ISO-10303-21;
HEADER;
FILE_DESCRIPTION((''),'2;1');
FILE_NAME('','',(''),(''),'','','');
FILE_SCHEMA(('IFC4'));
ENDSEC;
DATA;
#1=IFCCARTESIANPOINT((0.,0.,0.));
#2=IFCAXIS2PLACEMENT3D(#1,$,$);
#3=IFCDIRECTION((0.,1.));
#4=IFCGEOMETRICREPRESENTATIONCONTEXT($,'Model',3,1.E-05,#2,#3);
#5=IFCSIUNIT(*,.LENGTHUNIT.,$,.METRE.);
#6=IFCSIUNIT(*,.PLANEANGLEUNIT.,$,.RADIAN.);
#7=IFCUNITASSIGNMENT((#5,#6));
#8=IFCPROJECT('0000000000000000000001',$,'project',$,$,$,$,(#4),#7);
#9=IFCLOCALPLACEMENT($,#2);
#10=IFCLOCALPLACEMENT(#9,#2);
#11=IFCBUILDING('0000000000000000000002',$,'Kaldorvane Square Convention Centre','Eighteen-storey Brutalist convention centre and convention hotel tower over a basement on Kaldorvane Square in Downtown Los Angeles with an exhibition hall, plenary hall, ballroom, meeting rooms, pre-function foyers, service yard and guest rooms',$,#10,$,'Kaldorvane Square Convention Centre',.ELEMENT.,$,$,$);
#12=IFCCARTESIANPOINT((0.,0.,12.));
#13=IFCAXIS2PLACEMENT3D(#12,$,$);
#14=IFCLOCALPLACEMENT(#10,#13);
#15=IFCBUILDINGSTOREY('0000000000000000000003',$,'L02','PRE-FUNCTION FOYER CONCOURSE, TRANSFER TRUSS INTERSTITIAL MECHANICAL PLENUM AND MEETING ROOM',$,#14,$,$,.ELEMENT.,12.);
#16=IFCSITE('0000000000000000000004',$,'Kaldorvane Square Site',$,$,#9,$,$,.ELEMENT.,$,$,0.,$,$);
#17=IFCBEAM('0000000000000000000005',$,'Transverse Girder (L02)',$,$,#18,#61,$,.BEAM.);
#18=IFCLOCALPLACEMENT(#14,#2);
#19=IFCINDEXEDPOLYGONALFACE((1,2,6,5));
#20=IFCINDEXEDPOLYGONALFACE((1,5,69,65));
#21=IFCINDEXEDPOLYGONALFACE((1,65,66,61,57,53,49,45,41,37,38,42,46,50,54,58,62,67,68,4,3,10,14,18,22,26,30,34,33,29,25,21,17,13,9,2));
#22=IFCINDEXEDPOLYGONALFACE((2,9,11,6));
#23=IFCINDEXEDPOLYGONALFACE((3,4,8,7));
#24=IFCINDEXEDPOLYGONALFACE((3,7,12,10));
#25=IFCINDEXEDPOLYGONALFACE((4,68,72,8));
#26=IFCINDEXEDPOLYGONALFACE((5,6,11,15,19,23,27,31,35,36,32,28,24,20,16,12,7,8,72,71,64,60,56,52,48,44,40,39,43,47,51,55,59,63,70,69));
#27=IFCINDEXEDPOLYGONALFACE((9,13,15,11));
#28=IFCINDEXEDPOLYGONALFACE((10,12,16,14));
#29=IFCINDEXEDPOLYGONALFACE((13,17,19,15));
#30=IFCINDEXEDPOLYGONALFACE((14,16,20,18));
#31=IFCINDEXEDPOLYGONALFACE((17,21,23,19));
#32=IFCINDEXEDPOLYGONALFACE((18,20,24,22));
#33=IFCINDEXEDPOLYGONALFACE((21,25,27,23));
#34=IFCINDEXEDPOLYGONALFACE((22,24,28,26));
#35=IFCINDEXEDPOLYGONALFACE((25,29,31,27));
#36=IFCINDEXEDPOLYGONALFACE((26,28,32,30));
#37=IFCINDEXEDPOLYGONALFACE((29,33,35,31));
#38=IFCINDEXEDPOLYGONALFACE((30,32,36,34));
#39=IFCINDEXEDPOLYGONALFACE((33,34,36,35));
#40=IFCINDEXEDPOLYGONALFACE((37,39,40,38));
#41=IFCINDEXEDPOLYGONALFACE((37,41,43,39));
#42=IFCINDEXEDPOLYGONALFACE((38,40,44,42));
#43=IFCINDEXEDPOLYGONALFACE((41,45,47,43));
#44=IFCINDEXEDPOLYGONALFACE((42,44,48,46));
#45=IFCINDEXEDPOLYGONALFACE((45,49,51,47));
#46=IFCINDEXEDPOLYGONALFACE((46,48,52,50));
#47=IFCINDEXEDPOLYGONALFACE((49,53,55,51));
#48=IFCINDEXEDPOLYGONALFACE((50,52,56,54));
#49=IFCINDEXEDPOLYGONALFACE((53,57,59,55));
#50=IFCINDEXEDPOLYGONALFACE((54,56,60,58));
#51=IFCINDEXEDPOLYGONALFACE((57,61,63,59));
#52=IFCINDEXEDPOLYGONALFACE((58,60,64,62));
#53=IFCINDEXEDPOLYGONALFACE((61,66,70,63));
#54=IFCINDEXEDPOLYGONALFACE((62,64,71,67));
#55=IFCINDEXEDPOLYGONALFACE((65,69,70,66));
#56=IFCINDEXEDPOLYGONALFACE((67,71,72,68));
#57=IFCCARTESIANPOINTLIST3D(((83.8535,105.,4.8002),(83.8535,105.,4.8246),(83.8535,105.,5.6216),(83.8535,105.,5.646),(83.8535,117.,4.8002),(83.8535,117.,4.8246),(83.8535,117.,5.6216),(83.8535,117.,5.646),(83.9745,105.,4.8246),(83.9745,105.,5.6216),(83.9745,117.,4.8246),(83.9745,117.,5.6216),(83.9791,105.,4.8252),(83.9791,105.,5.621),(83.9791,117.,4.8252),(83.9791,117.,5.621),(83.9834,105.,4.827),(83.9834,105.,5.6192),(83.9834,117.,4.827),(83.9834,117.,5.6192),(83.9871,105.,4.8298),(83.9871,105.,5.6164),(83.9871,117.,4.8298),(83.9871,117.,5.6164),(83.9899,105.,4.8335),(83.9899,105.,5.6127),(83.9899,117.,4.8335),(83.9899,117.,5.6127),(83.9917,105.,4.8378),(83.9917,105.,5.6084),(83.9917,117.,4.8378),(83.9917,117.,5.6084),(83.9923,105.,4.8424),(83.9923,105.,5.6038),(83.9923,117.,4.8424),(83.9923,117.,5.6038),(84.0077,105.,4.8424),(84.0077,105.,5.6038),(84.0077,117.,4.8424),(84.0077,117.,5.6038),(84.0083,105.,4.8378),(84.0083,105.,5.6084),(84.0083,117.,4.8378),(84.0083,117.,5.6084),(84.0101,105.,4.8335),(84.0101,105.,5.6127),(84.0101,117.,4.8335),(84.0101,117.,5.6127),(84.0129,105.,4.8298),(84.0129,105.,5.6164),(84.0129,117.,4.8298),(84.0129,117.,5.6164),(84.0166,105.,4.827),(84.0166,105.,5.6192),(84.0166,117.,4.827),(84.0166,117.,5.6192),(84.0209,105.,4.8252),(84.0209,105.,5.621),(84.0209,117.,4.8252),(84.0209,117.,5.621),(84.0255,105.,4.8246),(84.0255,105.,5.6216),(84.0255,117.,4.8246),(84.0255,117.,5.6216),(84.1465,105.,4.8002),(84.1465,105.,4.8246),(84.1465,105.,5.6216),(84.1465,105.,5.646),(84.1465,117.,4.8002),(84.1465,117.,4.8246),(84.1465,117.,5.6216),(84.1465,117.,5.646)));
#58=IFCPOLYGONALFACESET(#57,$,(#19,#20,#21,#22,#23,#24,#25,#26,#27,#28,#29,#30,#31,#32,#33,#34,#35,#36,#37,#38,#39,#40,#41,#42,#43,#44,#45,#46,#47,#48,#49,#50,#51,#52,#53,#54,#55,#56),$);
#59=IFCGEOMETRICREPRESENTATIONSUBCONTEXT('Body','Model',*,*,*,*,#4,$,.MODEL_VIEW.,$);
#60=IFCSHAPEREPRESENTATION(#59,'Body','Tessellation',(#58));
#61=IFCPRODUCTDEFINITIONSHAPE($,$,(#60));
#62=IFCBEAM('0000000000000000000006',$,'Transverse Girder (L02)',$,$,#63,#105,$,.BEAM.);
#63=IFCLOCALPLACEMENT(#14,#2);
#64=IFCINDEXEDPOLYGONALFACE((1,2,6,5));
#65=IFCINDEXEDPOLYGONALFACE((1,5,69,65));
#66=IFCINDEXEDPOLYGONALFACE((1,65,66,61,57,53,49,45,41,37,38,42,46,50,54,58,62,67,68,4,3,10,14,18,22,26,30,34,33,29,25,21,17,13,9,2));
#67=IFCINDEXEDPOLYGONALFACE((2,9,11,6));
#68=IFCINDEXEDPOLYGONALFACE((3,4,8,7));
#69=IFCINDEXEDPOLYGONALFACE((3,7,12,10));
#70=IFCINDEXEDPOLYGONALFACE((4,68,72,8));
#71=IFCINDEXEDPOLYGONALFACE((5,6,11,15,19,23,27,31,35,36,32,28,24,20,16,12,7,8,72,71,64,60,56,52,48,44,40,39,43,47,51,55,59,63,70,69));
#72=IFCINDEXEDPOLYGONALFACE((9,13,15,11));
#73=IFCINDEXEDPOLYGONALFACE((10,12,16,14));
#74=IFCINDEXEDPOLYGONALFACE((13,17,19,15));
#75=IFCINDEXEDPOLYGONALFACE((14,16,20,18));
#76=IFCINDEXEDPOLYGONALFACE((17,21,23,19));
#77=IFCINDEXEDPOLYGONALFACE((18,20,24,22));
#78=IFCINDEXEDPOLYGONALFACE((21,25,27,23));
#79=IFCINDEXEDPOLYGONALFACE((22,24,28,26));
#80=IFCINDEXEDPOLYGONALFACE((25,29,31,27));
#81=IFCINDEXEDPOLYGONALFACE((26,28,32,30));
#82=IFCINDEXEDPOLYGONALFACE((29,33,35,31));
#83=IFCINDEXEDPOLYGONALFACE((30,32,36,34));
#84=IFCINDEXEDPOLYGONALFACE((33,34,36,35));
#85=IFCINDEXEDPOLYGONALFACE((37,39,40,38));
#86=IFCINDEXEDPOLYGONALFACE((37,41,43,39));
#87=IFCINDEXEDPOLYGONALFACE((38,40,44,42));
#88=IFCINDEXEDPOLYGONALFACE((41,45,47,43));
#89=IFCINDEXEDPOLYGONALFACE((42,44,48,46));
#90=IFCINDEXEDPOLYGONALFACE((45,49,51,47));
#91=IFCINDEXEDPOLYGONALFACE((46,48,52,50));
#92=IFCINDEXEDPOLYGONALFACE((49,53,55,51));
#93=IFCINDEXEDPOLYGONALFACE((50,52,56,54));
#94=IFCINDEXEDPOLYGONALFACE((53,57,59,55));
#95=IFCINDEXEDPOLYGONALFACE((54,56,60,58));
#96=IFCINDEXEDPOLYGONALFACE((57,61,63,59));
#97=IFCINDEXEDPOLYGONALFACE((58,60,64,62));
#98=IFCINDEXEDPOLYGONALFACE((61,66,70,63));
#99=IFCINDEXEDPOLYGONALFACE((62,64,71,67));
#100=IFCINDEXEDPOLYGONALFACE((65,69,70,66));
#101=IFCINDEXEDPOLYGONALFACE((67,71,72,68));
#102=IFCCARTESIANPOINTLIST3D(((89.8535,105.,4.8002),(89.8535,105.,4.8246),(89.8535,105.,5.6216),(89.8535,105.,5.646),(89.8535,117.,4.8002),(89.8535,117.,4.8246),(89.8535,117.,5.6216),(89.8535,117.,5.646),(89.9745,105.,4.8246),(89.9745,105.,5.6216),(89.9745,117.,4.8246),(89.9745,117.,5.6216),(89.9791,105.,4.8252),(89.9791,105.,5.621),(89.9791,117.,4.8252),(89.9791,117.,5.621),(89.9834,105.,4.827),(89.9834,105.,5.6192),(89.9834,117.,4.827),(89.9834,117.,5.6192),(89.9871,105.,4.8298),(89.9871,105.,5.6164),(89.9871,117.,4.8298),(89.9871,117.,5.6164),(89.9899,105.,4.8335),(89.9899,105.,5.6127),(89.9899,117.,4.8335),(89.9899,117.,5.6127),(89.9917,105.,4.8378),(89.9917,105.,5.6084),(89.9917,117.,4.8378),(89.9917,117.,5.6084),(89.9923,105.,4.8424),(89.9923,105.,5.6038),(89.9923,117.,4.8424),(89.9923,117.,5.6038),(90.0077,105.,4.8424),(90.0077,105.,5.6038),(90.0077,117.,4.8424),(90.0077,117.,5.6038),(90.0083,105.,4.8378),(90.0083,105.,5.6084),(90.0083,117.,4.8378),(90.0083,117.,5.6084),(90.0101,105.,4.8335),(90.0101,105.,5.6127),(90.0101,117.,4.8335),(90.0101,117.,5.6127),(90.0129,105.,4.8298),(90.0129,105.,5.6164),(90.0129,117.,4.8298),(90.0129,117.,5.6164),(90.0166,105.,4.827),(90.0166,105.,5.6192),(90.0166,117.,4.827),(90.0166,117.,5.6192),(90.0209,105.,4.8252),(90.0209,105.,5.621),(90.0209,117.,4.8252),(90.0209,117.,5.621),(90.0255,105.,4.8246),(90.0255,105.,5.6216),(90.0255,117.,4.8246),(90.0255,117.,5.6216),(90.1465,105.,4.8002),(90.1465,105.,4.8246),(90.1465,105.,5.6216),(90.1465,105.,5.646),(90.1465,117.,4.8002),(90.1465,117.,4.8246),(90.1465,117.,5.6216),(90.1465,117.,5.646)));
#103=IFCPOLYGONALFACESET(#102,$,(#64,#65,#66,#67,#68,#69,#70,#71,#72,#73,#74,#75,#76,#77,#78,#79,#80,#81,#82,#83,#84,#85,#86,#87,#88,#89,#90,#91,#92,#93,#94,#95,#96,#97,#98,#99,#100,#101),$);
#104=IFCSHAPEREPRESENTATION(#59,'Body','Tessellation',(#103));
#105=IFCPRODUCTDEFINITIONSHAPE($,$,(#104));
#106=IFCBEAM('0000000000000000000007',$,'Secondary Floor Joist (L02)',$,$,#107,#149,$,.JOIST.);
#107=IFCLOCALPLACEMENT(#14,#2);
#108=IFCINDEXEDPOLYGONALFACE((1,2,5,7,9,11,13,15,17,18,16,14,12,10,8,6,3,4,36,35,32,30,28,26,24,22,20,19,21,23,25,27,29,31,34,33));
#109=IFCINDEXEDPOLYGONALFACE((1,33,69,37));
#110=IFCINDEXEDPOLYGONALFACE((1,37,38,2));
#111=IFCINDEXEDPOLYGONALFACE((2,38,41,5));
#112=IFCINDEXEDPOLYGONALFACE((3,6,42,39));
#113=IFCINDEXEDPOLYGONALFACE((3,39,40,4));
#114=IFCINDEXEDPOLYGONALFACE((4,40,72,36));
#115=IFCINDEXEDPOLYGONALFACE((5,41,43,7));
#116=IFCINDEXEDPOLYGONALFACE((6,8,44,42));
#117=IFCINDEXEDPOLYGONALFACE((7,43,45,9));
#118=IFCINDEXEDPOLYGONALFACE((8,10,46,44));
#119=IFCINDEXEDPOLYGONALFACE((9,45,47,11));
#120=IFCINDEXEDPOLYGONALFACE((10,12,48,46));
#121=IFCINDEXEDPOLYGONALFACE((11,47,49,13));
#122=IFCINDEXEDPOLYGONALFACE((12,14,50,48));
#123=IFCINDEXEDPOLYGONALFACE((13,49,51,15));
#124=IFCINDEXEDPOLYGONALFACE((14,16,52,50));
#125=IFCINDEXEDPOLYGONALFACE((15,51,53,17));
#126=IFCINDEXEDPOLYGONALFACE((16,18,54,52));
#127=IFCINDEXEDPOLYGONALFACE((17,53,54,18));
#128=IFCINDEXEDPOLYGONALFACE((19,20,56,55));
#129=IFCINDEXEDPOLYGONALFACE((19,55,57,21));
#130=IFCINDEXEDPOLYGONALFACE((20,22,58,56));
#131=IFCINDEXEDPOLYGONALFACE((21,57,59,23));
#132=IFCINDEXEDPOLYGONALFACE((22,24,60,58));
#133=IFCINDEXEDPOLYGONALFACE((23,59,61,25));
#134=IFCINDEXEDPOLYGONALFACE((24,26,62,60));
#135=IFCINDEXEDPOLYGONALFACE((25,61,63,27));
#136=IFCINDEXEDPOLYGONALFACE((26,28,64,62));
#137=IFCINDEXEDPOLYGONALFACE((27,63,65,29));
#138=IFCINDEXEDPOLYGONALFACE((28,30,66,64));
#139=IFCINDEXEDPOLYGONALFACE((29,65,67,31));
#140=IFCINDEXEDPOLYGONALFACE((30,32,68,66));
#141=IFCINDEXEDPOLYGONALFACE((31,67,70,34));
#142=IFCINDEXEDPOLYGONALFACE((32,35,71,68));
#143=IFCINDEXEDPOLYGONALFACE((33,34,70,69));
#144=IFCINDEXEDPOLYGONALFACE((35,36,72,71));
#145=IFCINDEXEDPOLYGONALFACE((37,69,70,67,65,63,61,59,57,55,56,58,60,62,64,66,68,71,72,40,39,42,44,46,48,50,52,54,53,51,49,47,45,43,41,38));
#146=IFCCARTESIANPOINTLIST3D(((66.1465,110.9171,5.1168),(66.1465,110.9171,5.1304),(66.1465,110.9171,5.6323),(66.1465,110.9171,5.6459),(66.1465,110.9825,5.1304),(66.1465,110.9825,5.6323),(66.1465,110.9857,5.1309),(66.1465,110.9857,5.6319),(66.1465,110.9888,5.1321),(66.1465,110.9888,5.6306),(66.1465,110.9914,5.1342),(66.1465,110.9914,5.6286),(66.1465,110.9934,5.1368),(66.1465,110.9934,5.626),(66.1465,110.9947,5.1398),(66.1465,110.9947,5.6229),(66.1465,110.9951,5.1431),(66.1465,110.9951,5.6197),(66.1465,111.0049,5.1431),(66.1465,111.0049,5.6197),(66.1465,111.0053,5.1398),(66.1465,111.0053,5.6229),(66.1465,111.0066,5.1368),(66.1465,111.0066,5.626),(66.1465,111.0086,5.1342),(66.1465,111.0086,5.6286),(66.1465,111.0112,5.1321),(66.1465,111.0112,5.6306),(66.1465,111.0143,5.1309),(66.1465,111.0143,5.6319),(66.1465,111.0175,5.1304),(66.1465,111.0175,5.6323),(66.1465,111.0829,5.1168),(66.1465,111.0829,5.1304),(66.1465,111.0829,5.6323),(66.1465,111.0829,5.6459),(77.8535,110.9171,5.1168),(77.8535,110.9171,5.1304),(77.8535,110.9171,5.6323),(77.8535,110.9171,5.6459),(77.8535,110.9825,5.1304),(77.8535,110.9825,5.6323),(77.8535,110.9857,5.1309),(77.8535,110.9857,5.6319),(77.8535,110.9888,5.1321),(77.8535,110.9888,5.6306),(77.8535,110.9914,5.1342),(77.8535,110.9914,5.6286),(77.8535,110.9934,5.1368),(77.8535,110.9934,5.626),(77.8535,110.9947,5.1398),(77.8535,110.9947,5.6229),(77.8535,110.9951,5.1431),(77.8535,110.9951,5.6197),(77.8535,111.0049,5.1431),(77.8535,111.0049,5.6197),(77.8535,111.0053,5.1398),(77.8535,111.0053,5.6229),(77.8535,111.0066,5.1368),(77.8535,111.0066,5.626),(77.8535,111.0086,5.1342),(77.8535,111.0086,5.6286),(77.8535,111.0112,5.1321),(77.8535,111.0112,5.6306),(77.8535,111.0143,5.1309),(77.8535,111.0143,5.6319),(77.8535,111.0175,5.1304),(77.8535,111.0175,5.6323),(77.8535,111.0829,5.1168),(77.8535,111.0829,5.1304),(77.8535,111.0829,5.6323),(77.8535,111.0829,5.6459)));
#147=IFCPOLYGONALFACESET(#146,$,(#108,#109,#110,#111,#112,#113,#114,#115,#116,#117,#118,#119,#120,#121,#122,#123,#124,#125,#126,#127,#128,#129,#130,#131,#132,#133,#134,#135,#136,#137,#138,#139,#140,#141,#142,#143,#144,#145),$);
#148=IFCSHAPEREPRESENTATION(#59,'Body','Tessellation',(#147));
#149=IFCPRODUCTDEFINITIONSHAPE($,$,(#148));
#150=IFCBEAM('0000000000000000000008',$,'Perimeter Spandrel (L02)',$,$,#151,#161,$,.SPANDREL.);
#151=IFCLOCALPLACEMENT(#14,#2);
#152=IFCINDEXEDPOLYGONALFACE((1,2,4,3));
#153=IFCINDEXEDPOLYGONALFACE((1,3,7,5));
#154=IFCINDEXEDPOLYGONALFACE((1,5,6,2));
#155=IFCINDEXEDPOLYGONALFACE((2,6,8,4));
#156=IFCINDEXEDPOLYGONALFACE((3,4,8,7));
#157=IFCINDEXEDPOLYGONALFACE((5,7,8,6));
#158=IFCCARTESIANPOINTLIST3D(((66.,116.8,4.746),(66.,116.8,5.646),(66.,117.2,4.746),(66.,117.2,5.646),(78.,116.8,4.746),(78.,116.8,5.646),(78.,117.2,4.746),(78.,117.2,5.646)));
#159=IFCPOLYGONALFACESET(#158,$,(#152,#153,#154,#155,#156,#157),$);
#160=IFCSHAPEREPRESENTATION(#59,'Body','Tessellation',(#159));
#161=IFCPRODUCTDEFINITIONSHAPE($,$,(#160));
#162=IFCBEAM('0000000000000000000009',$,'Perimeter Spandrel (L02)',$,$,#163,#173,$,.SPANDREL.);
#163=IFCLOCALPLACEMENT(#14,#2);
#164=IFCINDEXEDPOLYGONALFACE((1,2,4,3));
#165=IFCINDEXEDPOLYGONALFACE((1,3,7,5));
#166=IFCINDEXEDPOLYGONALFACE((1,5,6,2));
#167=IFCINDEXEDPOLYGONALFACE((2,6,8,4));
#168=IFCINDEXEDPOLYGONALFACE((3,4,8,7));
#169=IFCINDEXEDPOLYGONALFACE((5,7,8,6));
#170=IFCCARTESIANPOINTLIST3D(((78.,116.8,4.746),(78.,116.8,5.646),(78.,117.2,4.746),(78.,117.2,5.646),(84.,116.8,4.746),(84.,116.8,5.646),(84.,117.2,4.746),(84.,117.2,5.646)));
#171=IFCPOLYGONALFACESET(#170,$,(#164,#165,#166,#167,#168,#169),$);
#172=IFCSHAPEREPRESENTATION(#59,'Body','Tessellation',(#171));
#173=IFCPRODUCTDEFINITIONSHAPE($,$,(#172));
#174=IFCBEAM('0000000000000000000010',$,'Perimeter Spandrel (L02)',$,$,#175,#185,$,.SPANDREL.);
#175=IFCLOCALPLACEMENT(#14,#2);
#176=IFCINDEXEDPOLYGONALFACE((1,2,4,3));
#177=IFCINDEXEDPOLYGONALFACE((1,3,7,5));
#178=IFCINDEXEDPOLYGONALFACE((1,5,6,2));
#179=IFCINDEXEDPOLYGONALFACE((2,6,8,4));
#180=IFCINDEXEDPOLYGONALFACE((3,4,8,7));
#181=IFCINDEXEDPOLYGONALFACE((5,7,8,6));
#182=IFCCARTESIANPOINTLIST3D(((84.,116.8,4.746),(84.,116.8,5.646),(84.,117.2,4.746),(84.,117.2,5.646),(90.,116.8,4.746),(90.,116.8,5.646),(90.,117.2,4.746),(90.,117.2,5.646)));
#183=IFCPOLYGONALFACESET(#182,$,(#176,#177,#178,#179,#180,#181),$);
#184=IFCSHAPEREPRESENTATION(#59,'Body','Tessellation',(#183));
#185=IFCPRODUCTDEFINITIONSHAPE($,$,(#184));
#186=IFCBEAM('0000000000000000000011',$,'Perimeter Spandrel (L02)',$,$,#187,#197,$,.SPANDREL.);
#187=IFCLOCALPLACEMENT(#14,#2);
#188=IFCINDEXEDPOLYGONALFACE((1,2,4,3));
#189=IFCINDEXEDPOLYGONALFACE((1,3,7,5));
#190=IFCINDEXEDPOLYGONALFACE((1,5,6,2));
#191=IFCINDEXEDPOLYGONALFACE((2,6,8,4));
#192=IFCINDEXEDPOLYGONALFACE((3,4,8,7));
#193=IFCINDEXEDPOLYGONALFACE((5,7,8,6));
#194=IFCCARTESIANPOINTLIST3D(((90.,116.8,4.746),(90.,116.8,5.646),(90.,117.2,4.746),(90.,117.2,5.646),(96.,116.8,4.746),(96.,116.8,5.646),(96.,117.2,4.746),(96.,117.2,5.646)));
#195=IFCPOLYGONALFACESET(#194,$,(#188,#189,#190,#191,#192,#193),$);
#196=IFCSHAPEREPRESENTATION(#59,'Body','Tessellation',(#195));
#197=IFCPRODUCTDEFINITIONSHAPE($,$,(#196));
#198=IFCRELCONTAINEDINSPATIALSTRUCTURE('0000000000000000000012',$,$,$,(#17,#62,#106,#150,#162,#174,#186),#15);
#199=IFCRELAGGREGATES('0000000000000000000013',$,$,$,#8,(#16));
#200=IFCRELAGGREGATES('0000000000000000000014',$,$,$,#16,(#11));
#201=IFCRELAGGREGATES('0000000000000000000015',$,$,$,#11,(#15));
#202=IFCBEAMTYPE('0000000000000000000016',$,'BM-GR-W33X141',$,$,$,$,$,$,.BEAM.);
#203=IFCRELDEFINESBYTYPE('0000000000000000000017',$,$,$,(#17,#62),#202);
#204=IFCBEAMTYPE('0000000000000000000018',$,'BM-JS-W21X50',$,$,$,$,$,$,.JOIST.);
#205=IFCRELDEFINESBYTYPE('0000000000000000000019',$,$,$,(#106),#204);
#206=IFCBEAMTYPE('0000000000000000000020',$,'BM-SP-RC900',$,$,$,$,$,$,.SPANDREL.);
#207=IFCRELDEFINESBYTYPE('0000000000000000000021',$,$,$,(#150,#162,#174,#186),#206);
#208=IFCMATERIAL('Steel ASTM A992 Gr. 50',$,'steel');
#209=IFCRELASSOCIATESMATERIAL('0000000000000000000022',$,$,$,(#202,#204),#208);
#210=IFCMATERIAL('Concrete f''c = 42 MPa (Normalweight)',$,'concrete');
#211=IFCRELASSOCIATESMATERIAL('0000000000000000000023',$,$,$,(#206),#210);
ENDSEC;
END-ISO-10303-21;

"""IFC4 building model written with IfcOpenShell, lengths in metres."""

from ifc_helpers import new_model, si_unit, direction, frame, origin, origin_2d, place, context, subcontext, project, spatial, rectangle, i_section, extrude, material, material_profile, profile_set, type_object, element, save


model = new_model("IFC4")

# Units and contexts
model_context = context("Model", 3, precision=1e-05, world=origin(), true_north=direction((0.0, 1.0)))
body_context = subcontext(model_context, "Body", "Model", "MODEL_VIEW")
ifc_project = project(units=[si_unit("LENGTHUNIT", "METRE"), si_unit("PLANEANGLEUNIT", "RADIAN")], contexts=[model_context])

# Site, building, storey
site_placement = place(None, origin())
site = spatial("IfcSite", under=ifc_project, at=site_placement, Name="Kaldorvane Square Site", CompositionType="ELEMENT", RefElevation=0.0)
building_placement = place(site_placement, origin())
building = spatial("IfcBuilding", under=site, at=building_placement, Name="Kaldorvane Square Convention Centre", Description="Eighteen-storey Brutalist convention centre and convention hotel tower over a basement on Kaldorvane Square in Downtown Los Angeles with an exhibition hall, plenary hall, ballroom, meeting rooms, pre-function foyers, service yard and guest rooms", LongName="Kaldorvane Square Convention Centre", CompositionType="ELEMENT")
storey_placement = place(building_placement, frame((0.0, 0.0, 12.0)))
storey = spatial("IfcBuildingStorey", under=building, at=storey_placement, Name="L02", Description="PRE-FUNCTION FOYER CONCOURSE, TRANSFER TRUSS INTERSTITIAL MECHANICAL PLENUM AND MEETING ROOM", CompositionType="ELEMENT", Elevation=12.0)

# Shared definitions
ifc_material_1 = material(Name="Steel ASTM A992 Gr. 50", Category="steel")

# Beams
ifc_material_profile_1 = material_profile(ifc_material_1, i_section(OverallWidth=0.293, OverallDepth=0.8458, WebThickness=0.0154, FlangeThickness=0.0244, FilletRadius=0.0178, at=origin_2d()), Name="W33X141")
ifc_profile_set_1 = profile_set([ifc_material_profile_1], Name="Steel ASTM A992 Gr. 50")
beam_type_1 = type_object("IfcBeamType", Name="BM-GR-W33X141", PredefinedType="BEAM", material=ifc_profile_set_1)
for number, where, z_axis, x_axis, name in (
    (1, (84.0, 105.0, 5.2231), (0.0, 1.0, 0.0), (-1.0, 0.0, 0.0), "Transverse Girder (L02)"),
    (2, (90.0, 105.0, 5.2231), (0.0, 1.0, 0.0), (-1.0, 0.0, 0.0), "Transverse Girder (L02)"),
):
    element("IfcBeam", number, at=place(storey_placement, frame(where, z_axis=z_axis, x_axis=x_axis)), inside=storey, type_object=beam_type_1, Name=name, PredefinedType="BEAM", context=body_context, shape_type="SweptSolid", body=[
        extrude(i_section(OverallWidth=0.293, OverallDepth=0.8458, WebThickness=0.0154, FlangeThickness=0.0244, FilletRadius=0.0178, at=origin_2d()), origin(), (0.0, 0.0, 1.0), 12.0),
    ])
ifc_material_profile_2 = material_profile(ifc_material_1, i_section(OverallWidth=0.1659, OverallDepth=0.5291, WebThickness=0.0097, FlangeThickness=0.0136, FilletRadius=0.0127, at=origin_2d()), Name="W21X50")
ifc_profile_set_2 = profile_set([ifc_material_profile_2], Name="Steel ASTM A992 Gr. 50")
beam_type_2 = type_object("IfcBeamType", Name="BM-JS-W21X50", PredefinedType="JOIST", material=ifc_profile_set_2)
beam_1_placement = place(storey_placement, frame((66.1465, 111.0, 5.3814), z_axis=(1.0, 0.0, 0.0), x_axis=(0.0, 1.0, 0.0)))
element("IfcBeam", 3, at=beam_1_placement, inside=storey, type_object=beam_type_2, Name="Secondary Floor Joist (L02)", PredefinedType="JOIST", context=body_context, shape_type="SweptSolid", body=[
    extrude(i_section(OverallWidth=0.1659, OverallDepth=0.5291, WebThickness=0.0097, FlangeThickness=0.0136, FilletRadius=0.0127, at=origin_2d()), origin(), (0.0, 0.0, 1.0), 11.707),
])
ifc_material_2 = material(Name="Concrete f'c = 42 MPa (Normalweight)", Category="concrete")
ifc_material_profile_3 = material_profile(ifc_material_2, rectangle(XDim=0.4, YDim=0.9, at=origin_2d()), Name="RCSP900X400")
ifc_profile_set_3 = profile_set([ifc_material_profile_3], Name="Concrete f'c = 42 MPa (Normalweight)")
beam_type_3 = type_object("IfcBeamType", Name="BM-SP-RC900", PredefinedType="SPANDREL", material=ifc_profile_set_3)
beam_2_placement = place(storey_placement, frame((66.0, 117.0, 5.196), z_axis=(1.0, 0.0, 0.0), x_axis=(0.0, 1.0, 0.0)))
element("IfcBeam", 4, at=beam_2_placement, inside=storey, type_object=beam_type_3, Name="Perimeter Spandrel (L02)", PredefinedType="SPANDREL", context=body_context, shape_type="SweptSolid", body=[
    extrude(rectangle(XDim=0.4, YDim=0.9, at=origin_2d()), origin(), (0.0, 0.0, 1.0), 12.0),
])
for number, where, z_axis, x_axis, name in (
    (5, (78.0, 117.0, 5.196), (1.0, 0.0, 0.0), (0.0, 1.0, 0.0), "Perimeter Spandrel (L02)"),
    (6, (84.0, 117.0, 5.196), (1.0, 0.0, 0.0), (0.0, 1.0, 0.0), "Perimeter Spandrel (L02)"),
    (7, (90.0, 117.0, 5.196), (1.0, 0.0, 0.0), (0.0, 1.0, 0.0), "Perimeter Spandrel (L02)"),
):
    element("IfcBeam", number, at=place(storey_placement, frame(where, z_axis=z_axis, x_axis=x_axis)), inside=storey, type_object=beam_type_3, Name=name, PredefinedType="SPANDREL", context=body_context, shape_type="SweptSolid", body=[
        extrude(rectangle(XDim=0.4, YDim=0.9, at=origin_2d()), origin(), (0.0, 0.0, 1.0), 6.0),
    ])

save(model, "model.ifc")
